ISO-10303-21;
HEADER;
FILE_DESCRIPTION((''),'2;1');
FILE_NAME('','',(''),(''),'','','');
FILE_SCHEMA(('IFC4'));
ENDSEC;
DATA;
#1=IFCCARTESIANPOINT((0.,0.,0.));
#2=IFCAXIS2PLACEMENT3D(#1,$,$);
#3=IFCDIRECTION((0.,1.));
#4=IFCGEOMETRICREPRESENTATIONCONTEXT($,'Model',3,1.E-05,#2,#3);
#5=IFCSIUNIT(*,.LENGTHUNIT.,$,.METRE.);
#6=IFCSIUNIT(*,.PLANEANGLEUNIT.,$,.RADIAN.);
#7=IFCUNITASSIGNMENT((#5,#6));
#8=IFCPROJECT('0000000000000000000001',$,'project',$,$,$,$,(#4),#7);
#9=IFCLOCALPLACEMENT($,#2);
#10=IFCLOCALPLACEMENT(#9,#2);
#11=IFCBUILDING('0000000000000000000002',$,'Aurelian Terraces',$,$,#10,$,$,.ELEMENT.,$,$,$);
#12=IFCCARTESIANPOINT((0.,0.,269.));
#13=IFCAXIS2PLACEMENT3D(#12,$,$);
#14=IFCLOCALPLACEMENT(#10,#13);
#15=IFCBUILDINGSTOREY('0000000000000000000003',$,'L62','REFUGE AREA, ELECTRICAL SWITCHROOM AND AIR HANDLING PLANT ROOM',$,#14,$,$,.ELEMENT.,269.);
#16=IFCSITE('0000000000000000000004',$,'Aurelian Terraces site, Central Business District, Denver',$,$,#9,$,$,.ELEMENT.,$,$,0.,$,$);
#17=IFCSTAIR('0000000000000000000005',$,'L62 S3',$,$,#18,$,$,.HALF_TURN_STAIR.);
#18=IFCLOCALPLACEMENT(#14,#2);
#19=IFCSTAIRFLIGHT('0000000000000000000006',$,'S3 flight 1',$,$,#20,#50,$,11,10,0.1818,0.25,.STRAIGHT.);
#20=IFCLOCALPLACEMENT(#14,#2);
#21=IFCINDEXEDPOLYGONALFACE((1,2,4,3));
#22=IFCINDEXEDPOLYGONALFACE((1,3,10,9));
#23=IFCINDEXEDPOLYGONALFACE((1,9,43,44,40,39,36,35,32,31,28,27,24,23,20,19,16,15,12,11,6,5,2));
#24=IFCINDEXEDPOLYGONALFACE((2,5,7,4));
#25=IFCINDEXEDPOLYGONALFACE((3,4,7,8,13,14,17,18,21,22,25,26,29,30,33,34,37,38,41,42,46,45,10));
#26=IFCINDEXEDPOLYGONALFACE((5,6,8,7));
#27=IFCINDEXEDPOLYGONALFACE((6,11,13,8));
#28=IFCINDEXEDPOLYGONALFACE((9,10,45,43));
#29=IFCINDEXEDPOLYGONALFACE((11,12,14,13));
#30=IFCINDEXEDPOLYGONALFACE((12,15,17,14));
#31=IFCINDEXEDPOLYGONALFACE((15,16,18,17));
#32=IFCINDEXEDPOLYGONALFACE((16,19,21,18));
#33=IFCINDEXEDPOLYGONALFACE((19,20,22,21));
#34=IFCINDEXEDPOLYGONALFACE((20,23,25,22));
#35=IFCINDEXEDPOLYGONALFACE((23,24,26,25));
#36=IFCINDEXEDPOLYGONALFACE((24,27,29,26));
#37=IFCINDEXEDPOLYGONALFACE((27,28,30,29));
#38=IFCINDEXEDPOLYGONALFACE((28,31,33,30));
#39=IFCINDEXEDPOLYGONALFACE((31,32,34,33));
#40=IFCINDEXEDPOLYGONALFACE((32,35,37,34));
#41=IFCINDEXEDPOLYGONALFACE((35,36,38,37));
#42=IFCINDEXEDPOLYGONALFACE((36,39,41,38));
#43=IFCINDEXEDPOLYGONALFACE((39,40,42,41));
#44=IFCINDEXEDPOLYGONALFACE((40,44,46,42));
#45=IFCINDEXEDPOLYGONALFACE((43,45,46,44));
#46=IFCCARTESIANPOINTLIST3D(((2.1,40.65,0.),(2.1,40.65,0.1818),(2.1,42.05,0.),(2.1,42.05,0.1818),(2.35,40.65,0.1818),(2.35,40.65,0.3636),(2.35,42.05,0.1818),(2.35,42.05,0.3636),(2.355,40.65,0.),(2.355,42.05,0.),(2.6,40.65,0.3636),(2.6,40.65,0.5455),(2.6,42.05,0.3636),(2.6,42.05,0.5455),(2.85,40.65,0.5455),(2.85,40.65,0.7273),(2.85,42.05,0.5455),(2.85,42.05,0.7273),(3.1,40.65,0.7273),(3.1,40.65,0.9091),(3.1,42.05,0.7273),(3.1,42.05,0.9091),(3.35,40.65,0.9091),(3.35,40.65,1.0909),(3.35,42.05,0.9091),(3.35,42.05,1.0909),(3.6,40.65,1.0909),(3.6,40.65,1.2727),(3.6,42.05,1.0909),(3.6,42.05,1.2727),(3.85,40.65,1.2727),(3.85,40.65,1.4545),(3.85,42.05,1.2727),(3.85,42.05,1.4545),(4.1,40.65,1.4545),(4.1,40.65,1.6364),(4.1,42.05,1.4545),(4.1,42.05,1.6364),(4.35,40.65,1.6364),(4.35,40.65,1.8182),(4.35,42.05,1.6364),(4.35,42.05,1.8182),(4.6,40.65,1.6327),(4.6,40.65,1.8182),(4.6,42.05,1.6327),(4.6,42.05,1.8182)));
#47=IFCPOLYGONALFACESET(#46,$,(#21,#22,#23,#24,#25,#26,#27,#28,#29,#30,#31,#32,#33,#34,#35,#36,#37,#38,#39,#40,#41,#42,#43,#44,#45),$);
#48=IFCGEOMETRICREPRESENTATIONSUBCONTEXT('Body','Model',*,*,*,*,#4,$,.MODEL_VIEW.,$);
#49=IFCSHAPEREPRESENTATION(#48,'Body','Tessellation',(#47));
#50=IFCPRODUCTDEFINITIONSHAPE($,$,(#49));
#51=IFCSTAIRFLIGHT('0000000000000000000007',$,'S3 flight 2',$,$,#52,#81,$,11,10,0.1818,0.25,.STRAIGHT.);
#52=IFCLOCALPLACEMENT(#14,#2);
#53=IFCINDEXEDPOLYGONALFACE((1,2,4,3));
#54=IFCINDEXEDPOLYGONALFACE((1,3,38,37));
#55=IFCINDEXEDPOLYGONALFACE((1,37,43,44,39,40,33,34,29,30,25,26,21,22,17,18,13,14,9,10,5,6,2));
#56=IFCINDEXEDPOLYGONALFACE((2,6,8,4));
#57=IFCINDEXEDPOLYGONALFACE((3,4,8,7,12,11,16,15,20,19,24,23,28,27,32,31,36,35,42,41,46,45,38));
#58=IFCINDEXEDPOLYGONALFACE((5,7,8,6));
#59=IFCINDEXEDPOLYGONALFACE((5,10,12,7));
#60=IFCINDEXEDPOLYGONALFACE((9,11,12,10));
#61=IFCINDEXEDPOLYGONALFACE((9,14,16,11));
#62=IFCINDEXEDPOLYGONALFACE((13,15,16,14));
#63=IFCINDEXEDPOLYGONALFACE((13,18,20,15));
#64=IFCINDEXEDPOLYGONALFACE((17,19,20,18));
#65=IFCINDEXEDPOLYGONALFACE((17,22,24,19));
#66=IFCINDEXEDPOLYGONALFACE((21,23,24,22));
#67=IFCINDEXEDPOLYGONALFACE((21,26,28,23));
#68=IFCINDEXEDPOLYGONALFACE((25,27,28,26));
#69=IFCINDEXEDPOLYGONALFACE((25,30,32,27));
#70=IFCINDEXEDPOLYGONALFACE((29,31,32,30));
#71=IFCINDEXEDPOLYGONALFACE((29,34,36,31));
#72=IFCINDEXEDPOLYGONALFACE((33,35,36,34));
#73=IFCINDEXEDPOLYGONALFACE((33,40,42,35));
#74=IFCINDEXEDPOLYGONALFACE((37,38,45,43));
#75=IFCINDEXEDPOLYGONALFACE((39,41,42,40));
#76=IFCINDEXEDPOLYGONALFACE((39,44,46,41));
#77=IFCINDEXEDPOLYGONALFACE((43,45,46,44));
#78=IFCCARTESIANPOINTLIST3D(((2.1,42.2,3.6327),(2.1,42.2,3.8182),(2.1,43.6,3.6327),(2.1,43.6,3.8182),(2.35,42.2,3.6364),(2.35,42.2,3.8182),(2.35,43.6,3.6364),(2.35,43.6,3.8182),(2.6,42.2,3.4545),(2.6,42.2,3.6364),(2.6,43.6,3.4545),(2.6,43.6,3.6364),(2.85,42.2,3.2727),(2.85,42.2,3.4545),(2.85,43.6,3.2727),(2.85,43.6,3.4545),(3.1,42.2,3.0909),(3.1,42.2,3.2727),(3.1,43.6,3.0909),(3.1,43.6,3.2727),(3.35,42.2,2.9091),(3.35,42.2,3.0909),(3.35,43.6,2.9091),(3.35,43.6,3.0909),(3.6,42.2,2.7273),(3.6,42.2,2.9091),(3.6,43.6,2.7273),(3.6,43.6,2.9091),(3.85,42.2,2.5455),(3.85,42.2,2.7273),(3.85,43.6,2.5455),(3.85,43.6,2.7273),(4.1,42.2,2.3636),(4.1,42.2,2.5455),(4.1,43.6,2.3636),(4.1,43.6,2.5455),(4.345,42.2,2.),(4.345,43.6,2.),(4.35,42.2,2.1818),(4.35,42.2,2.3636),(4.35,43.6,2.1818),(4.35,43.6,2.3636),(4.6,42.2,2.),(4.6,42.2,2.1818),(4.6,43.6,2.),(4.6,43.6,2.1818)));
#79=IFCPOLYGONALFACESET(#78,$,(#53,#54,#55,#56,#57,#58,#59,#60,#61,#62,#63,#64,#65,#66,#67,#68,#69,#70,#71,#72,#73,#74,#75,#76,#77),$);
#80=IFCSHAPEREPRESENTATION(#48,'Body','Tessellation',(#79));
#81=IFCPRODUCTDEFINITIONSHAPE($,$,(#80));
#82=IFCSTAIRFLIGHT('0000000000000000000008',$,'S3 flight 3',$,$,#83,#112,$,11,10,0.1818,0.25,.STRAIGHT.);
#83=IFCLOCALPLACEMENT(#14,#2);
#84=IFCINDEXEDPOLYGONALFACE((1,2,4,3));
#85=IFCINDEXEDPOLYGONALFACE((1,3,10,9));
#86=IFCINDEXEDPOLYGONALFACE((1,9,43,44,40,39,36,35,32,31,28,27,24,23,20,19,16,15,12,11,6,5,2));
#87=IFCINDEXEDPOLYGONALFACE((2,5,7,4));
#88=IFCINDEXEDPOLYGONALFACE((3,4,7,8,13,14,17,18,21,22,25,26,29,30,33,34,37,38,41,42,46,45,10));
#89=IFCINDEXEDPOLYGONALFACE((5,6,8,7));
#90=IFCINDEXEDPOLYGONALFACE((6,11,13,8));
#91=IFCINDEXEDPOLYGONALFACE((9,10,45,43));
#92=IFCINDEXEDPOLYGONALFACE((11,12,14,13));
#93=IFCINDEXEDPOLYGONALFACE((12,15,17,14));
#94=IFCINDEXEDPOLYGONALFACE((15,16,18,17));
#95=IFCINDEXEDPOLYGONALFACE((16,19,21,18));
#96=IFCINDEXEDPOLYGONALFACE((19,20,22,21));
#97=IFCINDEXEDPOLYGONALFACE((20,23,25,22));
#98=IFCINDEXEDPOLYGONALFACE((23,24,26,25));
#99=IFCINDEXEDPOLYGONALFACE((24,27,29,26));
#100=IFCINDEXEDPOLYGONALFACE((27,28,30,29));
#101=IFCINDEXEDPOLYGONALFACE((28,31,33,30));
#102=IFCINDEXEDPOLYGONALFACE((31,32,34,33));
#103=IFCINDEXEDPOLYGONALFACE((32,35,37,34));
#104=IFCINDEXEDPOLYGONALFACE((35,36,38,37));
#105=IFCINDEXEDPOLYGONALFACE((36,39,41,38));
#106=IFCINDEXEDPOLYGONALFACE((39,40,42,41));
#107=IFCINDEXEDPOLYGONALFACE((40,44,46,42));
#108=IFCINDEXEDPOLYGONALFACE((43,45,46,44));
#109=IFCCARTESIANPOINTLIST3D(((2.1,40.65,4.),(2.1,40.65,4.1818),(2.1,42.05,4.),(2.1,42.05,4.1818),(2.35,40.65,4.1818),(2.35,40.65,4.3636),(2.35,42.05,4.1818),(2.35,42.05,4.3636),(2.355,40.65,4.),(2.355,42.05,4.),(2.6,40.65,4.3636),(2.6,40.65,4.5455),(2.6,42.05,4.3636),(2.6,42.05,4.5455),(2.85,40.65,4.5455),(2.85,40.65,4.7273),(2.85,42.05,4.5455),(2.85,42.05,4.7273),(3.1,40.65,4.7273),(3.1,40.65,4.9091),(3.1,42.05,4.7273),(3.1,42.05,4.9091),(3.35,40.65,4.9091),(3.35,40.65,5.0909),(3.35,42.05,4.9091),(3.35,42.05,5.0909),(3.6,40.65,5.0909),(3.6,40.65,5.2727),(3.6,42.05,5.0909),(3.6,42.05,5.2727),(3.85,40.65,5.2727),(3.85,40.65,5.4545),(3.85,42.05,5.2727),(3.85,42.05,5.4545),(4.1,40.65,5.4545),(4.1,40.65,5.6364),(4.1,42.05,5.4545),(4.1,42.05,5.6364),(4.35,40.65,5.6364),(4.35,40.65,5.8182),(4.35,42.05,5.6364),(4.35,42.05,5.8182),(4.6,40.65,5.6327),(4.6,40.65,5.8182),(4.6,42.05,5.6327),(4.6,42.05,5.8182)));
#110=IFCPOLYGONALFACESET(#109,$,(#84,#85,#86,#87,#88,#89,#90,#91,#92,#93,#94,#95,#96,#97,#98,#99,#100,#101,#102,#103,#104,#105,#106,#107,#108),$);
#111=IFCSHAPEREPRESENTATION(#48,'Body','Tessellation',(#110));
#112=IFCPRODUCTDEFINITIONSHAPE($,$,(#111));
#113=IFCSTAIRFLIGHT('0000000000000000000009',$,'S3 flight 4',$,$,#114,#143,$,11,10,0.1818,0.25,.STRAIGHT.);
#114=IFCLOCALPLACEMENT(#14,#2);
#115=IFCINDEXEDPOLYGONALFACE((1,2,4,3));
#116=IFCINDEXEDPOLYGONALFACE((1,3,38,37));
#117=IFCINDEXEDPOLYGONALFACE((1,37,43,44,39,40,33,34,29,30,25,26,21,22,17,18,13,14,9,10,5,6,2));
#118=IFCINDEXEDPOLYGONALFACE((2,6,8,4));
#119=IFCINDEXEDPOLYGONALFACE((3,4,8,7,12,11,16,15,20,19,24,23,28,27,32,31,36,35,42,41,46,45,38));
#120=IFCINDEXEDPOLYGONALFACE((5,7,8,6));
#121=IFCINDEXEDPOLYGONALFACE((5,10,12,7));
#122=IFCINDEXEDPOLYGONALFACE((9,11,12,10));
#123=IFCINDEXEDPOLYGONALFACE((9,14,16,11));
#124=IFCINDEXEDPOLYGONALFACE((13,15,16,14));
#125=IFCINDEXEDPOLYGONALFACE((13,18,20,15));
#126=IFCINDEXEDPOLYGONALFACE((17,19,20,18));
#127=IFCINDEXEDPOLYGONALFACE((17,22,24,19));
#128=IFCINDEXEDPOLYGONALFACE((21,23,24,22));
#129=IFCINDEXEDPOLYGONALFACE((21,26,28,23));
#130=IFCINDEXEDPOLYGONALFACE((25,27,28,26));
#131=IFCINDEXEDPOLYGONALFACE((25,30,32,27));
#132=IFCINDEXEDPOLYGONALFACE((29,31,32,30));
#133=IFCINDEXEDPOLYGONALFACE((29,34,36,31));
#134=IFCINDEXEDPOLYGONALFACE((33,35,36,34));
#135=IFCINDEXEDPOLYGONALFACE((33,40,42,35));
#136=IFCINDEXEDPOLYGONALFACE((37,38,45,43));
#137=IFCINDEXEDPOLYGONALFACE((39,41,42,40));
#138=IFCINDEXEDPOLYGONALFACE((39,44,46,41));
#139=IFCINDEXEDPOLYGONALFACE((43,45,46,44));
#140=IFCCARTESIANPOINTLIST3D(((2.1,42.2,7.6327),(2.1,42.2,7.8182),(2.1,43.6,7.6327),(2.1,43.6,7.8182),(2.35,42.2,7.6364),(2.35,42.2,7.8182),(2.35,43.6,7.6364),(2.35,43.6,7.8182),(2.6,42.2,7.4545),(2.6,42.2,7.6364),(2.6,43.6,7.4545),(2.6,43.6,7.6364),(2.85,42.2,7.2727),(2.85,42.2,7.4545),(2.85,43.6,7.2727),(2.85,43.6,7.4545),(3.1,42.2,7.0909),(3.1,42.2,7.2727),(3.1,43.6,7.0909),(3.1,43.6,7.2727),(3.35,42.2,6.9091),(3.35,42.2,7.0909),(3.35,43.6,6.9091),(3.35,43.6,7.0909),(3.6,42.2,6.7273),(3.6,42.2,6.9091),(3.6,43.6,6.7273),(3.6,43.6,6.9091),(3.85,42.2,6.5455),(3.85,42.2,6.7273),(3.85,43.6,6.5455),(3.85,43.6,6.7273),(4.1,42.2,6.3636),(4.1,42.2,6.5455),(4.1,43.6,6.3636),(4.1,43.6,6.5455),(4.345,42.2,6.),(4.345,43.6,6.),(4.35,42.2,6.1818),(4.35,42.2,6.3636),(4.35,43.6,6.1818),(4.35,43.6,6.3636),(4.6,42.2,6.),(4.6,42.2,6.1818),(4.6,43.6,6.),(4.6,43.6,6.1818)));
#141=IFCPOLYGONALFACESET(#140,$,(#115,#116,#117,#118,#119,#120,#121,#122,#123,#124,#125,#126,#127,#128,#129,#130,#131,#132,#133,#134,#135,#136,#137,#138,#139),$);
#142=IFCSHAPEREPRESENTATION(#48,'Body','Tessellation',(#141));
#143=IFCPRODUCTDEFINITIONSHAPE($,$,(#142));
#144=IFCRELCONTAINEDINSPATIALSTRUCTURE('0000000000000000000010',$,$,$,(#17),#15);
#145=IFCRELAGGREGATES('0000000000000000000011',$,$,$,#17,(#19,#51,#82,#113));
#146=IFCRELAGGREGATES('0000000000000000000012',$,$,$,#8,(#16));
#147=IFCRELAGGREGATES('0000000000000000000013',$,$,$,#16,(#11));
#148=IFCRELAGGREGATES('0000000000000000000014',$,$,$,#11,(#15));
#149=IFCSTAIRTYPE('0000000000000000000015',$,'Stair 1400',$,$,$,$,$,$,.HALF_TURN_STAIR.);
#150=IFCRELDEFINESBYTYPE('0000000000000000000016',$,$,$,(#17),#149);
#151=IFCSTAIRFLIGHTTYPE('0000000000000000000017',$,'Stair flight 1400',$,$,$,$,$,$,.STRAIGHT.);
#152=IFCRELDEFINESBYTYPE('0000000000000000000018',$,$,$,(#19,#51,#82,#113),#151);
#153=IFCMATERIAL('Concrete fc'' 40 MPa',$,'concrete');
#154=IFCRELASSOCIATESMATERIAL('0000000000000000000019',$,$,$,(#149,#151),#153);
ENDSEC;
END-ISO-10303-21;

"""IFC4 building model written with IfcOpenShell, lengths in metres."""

from ifc_helpers import new_model, si_unit, direction, frame, origin, place, context, subcontext, project, spatial, polyline, outline, extrude, source, transform, mapped, material, type_object, element, aggregate, save


model = new_model("IFC4")

# Units and contexts
model_context = context("Model", 3, precision=1e-05, world=origin(), true_north=direction((0.0, 1.0)))
body_context = subcontext(model_context, "Body", "Model", "MODEL_VIEW")
ifc_project = project(units=[si_unit("LENGTHUNIT", "METRE"), si_unit("PLANEANGLEUNIT", "RADIAN")], contexts=[model_context])

# Site, building, storey
site_placement = place(None, origin())
site = spatial("IfcSite", under=ifc_project, at=site_placement, Name="Aurelian Terraces site, Central Business District, Denver", CompositionType="ELEMENT", RefElevation=0.0)
building_placement = place(site_placement, origin())
building = spatial("IfcBuilding", under=site, at=building_placement, Name="Aurelian Terraces", CompositionType="ELEMENT")
storey_placement = place(building_placement, frame((0.0, 0.0, 269.0)))
storey = spatial("IfcBuildingStorey", under=building, at=storey_placement, Name="L62", Description="REFUGE AREA, ELECTRICAL SWITCHROOM AND AIR HANDLING PLANT ROOM", CompositionType="ELEMENT", Elevation=269.0)

# Shared definitions
ifc_material_1 = material(Name="Concrete fc' 40 MPa", Category="concrete")

# Stair, stair flights
stair_type = type_object("IfcStairType", Name="Stair 1400", PredefinedType="HALF_TURN_STAIR", material=ifc_material_1)
stair_placement = place(storey_placement, origin())
stair = element("IfcStair", 1, at=stair_placement, inside=storey, type_object=stair_type, Name="L62 S3", PredefinedType="HALF_TURN_STAIR")
stair_flight_type = type_object("IfcStairFlightType", Name="Stair flight 1400", PredefinedType="STRAIGHT", material=ifc_material_1)
shared_shape_1 = source(origin(), body_context, "Body", "SweptSolid", [
    extrude(outline(polyline([(0.0, 0.0), (0.0, 0.1818), (0.25, 0.1818), (0.25, 0.3636), (0.5, 0.3636), (0.5, 0.5455), (0.75, 0.5455), (0.75, 0.7273), (1.0, 0.7273), (1.0, 0.9091), (1.25, 0.9091), (1.25, 1.0909), (1.5, 1.0909), (1.5, 1.2727), (1.75, 1.2727), (1.75, 1.4545), (2.0, 1.4545), (2.0, 1.6364), (2.25, 1.6364), (2.25, 1.8182), (2.5, 1.8182), (2.5, 2.0), (2.5, 1.6327), (0.255, 0.0), (0.0, 0.0)])), frame((0.0, 0.7, 0.0), z_axis=(0.0, -1.0, 0.0), x_axis=(1.0, 0.0, 0.0)), (0.0, 0.0, 1.0), 1.4),
])
stair_flight_1_placement = place(storey_placement, frame((2.1, 41.35, 0.0), z_axis=(0.0, 0.0, 1.0), x_axis=(1.0, 0.0, 0.0)))
stair_flight_1 = element("IfcStairFlight", 2, at=stair_flight_1_placement, type_object=stair_flight_type, Name="S3 flight 1", NumberOfRisers=11, NumberOfTreads=10, PredefinedType="STRAIGHT", RiserHeight=0.1818, TreadLength=0.25, context=body_context, shape_type="MappedRepresentation", body=[
    mapped(shared_shape_1, transform((0.0, 0.0, 0.0), scale=1.0)),
])
stair_flight_2_placement = place(storey_placement, frame((4.6, 42.9, 2.0), z_axis=(0.0, 0.0, 1.0), x_axis=(-1.0, 0.0, 0.0)))
stair_flight_2 = element("IfcStairFlight", 3, at=stair_flight_2_placement, type_object=stair_flight_type, Name="S3 flight 2", NumberOfRisers=11, NumberOfTreads=10, PredefinedType="STRAIGHT", RiserHeight=0.1818, TreadLength=0.25, context=body_context, shape_type="MappedRepresentation", body=[
    mapped(shared_shape_1, transform((0.0, 0.0, 0.0), scale=1.0)),
])
stair_flight_3_placement = place(storey_placement, frame((2.1, 41.35, 4.0), z_axis=(0.0, 0.0, 1.0), x_axis=(1.0, 0.0, 0.0)))
stair_flight_3 = element("IfcStairFlight", 4, at=stair_flight_3_placement, type_object=stair_flight_type, Name="S3 flight 3", NumberOfRisers=11, NumberOfTreads=10, PredefinedType="STRAIGHT", RiserHeight=0.1818, TreadLength=0.25, context=body_context, shape_type="MappedRepresentation", body=[
    mapped(shared_shape_1, transform((0.0, 0.0, 0.0), scale=1.0)),
])
stair_flight_4_placement = place(storey_placement, frame((4.6, 42.9, 6.0), z_axis=(0.0, 0.0, 1.0), x_axis=(-1.0, 0.0, 0.0)))
stair_flight_4 = element("IfcStairFlight", 5, at=stair_flight_4_placement, type_object=stair_flight_type, Name="S3 flight 4", NumberOfRisers=11, NumberOfTreads=10, PredefinedType="STRAIGHT", RiserHeight=0.1818, TreadLength=0.25, context=body_context, shape_type="MappedRepresentation", body=[
    mapped(shared_shape_1, transform((0.0, 0.0, 0.0), scale=1.0)),
])
aggregate(stair, [stair_flight_1, stair_flight_2, stair_flight_3, stair_flight_4])

save(model, "model.ifc")
